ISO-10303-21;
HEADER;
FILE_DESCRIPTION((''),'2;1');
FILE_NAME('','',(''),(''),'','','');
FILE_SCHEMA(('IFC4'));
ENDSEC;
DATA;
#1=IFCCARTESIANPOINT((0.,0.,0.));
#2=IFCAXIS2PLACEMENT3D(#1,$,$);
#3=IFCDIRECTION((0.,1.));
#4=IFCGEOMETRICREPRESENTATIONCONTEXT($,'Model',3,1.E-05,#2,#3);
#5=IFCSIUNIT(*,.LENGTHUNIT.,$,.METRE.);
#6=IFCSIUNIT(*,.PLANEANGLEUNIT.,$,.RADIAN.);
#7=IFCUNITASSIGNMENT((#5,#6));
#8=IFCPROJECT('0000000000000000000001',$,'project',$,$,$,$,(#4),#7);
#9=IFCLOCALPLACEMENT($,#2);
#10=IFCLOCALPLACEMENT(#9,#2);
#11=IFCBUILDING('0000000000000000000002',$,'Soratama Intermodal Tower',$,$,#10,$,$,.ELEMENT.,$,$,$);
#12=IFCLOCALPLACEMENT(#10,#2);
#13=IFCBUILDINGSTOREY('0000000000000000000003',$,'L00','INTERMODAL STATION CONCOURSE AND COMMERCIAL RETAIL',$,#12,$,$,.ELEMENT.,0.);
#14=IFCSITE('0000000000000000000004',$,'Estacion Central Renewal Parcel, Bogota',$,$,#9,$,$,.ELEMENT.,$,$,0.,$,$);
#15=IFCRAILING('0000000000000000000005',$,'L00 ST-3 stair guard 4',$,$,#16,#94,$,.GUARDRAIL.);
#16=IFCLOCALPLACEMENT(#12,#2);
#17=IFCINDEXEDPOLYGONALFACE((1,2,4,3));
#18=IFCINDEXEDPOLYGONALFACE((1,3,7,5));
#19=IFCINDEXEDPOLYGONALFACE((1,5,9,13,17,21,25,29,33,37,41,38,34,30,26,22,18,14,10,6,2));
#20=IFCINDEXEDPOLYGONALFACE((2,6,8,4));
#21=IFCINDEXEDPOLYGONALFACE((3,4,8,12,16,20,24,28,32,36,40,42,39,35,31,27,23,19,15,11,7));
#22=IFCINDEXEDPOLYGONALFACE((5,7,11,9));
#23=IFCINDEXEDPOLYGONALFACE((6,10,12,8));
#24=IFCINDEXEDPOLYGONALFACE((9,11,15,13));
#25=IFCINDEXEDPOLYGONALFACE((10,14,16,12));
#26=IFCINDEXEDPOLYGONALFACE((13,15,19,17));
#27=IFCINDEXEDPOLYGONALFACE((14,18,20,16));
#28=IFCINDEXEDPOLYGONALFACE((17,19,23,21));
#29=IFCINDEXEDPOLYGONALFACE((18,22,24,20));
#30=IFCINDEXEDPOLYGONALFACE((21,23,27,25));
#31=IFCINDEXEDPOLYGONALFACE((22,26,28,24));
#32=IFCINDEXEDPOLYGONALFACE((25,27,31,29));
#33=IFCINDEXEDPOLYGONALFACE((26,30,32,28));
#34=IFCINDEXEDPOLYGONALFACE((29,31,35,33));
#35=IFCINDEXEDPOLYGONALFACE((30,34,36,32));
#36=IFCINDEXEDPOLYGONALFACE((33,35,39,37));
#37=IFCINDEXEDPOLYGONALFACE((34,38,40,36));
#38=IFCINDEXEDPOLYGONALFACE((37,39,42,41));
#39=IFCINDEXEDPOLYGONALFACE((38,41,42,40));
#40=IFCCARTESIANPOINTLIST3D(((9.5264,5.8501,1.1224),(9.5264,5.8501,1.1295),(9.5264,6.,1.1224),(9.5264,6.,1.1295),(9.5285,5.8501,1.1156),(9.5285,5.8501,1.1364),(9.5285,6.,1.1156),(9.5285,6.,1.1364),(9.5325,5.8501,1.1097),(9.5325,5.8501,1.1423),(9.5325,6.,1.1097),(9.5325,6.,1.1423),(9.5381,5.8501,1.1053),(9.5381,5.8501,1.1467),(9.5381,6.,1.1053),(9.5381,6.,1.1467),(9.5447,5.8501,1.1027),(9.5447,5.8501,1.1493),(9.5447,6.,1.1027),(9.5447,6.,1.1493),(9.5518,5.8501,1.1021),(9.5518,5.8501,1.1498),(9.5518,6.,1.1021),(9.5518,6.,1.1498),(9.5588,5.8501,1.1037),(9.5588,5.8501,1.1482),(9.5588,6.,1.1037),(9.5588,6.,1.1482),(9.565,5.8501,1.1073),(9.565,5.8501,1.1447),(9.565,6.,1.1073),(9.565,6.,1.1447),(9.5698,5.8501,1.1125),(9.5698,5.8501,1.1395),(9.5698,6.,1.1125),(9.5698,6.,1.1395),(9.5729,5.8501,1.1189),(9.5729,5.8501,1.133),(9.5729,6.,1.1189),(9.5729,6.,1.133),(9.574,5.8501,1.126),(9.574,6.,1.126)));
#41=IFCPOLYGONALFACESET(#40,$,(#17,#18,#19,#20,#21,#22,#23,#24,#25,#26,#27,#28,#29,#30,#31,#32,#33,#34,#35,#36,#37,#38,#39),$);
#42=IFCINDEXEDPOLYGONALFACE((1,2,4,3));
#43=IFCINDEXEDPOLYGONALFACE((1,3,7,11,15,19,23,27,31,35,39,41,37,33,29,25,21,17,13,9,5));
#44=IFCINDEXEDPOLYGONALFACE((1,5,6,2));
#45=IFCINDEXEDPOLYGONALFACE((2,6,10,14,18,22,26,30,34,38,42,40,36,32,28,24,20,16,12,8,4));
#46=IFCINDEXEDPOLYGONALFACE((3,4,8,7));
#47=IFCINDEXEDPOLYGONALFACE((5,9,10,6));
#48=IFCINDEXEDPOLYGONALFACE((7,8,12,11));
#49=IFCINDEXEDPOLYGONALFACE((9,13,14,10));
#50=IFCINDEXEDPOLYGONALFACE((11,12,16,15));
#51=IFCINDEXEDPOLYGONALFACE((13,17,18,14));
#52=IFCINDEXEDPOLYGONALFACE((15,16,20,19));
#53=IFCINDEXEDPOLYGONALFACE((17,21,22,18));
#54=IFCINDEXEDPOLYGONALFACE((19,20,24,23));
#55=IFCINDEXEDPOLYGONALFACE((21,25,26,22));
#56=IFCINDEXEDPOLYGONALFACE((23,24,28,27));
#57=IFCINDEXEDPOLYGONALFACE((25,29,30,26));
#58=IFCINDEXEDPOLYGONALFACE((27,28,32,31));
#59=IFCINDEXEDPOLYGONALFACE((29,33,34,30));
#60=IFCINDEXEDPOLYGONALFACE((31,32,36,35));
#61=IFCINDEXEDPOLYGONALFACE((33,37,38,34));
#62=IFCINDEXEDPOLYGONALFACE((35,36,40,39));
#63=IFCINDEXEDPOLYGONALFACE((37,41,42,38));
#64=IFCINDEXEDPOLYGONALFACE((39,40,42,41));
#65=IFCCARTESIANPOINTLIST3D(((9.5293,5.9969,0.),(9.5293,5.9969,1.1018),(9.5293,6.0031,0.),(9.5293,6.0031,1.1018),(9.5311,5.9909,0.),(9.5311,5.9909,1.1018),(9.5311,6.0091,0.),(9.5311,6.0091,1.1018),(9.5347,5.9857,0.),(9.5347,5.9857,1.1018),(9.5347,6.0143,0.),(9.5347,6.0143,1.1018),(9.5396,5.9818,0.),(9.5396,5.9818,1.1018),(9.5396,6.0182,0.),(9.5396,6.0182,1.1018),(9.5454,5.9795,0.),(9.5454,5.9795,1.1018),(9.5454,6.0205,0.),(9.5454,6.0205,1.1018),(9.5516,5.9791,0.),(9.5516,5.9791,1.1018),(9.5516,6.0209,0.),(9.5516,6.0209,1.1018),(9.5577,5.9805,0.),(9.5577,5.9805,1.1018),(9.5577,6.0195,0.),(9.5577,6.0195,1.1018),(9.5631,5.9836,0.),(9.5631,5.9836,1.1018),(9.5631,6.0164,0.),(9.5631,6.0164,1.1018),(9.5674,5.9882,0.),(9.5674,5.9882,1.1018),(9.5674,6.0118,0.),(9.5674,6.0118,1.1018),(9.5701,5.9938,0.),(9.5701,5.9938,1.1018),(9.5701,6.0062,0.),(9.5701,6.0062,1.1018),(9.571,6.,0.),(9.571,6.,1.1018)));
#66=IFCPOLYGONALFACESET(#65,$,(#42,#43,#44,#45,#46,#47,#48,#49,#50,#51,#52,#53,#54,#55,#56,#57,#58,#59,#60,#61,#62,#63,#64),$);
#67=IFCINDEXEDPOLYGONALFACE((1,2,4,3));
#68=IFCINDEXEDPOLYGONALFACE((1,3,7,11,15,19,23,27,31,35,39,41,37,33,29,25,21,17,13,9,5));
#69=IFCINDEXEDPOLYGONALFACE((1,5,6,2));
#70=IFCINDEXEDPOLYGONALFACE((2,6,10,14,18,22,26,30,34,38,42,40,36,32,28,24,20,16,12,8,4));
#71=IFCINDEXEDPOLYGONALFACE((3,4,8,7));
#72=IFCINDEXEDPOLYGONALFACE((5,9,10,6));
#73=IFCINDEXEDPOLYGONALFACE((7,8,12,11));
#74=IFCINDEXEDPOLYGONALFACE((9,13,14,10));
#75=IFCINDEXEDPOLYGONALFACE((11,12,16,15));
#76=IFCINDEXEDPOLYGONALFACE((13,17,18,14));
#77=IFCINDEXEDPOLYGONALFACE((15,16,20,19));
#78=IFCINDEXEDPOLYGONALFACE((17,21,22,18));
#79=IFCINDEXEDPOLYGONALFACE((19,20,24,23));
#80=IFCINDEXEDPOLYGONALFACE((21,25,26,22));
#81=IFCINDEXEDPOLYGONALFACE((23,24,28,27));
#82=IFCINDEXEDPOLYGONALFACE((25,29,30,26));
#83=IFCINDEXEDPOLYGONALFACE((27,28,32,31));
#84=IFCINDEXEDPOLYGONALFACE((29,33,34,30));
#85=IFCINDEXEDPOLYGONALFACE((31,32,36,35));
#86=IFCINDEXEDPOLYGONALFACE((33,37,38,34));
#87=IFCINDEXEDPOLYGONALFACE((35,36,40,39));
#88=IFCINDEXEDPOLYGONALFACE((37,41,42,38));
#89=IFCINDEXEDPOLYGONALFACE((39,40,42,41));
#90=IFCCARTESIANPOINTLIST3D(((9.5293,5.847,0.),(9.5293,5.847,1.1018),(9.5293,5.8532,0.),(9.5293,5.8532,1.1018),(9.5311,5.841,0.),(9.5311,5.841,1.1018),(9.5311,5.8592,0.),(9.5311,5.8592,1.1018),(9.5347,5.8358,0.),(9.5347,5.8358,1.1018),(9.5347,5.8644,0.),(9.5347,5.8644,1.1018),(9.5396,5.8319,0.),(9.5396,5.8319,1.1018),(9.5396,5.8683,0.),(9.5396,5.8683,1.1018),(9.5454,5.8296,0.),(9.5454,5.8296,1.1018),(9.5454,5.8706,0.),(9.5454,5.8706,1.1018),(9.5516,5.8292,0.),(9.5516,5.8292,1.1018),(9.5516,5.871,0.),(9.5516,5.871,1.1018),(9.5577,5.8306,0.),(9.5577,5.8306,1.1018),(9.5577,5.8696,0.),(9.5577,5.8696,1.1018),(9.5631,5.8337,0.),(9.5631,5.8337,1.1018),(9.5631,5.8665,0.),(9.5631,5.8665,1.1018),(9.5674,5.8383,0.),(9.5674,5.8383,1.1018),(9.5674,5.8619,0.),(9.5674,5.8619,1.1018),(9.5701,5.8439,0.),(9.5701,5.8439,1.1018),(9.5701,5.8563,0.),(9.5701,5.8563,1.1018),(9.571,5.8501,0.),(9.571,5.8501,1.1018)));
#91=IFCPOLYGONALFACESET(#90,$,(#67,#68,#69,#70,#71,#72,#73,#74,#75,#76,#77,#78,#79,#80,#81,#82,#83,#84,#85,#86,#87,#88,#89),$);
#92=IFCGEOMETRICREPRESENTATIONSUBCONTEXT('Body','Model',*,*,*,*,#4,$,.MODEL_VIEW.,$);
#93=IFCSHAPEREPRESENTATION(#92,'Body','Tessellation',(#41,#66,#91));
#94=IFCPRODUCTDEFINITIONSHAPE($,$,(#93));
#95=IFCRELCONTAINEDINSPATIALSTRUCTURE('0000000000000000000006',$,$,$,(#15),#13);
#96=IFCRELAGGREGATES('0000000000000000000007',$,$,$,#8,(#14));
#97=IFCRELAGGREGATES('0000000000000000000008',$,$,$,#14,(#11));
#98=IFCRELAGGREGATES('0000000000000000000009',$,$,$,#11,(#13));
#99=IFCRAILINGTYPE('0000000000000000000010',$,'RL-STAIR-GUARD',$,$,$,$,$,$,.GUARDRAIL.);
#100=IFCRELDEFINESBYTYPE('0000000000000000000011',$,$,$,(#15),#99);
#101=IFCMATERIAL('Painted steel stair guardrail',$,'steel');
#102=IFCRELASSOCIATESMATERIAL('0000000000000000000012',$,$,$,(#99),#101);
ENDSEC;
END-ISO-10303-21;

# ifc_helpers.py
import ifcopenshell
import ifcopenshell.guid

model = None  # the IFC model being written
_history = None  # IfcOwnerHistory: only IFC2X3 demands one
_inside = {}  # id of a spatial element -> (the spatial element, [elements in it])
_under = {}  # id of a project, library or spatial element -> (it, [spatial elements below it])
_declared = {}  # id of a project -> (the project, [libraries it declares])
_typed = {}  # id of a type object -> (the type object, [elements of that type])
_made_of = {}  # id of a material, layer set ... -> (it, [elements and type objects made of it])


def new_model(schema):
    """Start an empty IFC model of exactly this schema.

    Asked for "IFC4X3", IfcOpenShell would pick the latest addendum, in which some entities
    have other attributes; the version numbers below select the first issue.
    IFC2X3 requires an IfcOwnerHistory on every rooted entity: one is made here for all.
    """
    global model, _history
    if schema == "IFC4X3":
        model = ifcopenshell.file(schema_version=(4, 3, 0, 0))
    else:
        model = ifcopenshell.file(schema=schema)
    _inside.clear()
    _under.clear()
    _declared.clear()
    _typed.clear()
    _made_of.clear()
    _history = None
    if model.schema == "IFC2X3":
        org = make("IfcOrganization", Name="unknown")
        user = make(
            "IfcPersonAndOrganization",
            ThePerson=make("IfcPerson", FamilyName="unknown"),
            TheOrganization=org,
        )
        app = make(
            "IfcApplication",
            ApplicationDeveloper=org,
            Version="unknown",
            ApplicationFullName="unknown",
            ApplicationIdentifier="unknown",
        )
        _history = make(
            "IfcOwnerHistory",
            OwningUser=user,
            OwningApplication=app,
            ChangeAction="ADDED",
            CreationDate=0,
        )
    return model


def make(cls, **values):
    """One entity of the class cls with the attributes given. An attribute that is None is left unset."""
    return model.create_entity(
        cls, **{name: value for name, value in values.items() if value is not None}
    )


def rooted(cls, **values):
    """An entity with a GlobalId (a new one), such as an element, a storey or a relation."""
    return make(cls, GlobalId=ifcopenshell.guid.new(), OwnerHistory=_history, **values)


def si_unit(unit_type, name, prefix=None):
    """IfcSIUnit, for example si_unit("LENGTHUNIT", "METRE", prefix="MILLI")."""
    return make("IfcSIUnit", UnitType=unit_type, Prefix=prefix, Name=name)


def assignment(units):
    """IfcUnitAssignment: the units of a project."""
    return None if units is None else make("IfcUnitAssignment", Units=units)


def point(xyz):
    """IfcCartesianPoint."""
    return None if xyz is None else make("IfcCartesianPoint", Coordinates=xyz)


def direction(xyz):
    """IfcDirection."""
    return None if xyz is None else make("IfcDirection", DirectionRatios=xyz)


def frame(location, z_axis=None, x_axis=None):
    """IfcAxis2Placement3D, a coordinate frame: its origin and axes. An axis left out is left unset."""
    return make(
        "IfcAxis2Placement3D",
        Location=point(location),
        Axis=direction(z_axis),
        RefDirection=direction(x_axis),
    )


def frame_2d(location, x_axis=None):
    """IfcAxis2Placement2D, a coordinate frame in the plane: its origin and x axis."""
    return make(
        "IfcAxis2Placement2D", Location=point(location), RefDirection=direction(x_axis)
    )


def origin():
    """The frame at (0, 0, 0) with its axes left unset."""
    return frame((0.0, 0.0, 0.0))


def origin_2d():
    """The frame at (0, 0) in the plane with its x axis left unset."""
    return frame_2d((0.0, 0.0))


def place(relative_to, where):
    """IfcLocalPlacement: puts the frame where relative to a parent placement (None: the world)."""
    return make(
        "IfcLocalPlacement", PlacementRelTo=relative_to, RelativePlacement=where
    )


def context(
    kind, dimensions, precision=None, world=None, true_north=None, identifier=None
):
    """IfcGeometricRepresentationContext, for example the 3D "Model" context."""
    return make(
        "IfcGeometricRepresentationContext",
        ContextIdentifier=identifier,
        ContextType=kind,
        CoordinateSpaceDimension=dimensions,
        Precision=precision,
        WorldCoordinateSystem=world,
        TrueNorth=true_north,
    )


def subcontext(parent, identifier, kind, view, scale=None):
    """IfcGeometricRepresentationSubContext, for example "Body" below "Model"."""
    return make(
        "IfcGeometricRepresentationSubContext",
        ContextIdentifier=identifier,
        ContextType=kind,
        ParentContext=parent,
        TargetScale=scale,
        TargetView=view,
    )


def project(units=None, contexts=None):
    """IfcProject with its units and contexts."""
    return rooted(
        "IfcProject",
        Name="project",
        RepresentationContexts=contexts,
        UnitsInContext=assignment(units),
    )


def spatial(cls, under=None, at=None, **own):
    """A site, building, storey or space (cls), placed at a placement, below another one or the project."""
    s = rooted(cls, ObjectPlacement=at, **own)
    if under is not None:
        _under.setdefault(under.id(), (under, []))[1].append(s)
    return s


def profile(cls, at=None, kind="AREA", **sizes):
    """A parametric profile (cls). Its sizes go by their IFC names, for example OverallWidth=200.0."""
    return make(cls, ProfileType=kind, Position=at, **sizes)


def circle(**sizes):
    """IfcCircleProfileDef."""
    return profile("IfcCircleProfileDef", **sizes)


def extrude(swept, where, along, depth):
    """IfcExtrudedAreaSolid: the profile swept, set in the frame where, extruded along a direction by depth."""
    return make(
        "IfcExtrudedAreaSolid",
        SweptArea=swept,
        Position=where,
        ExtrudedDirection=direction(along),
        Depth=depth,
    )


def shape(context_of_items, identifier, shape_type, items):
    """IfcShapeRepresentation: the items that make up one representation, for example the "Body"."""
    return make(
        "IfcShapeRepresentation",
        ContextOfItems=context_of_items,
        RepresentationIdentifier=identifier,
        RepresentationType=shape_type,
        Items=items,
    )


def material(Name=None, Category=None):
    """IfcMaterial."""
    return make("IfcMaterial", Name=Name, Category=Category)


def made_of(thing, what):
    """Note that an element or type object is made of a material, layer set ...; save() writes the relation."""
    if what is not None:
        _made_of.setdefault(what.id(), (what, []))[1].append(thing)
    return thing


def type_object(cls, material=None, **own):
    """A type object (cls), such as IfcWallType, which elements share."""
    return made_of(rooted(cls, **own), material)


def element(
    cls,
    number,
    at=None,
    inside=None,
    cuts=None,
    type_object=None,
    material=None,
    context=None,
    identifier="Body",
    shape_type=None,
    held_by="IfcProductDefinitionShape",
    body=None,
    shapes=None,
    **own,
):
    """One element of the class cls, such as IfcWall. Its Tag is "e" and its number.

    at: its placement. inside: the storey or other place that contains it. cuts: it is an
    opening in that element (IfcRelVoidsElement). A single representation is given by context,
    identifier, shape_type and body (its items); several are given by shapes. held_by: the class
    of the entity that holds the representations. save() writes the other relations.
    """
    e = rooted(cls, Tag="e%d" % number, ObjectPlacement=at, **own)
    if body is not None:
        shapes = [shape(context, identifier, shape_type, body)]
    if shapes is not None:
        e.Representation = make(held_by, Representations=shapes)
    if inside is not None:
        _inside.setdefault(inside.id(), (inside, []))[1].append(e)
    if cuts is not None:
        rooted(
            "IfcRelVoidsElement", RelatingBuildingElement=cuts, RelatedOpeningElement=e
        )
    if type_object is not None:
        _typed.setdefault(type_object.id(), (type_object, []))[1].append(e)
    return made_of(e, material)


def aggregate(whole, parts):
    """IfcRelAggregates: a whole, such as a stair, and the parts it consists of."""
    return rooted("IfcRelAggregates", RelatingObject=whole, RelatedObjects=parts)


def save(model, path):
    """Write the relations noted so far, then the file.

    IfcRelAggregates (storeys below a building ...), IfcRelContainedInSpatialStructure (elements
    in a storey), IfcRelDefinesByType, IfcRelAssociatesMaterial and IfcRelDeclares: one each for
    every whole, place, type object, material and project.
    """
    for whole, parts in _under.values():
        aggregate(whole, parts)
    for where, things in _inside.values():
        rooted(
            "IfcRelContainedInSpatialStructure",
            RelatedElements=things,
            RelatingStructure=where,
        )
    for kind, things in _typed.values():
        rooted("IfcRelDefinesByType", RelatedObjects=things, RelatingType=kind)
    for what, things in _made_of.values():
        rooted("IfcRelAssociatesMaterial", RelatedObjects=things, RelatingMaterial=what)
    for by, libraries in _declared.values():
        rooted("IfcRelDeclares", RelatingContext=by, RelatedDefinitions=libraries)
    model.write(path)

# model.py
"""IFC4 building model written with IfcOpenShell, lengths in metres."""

from ifc_helpers import new_model, si_unit, direction, frame, origin, origin_2d, place, context, subcontext, project, spatial, circle, extrude, material, type_object, element, save


model = new_model("IFC4")

# Units and contexts
model_context = context("Model", 3, precision=1e-05, world=origin(), true_north=direction((0.0, 1.0)))
body_context = subcontext(model_context, "Body", "Model", "MODEL_VIEW")
ifc_project = project(units=[si_unit("LENGTHUNIT", "METRE"), si_unit("PLANEANGLEUNIT", "RADIAN")], contexts=[model_context])

# Site, building, storey
site_placement = place(None, origin())
site = spatial("IfcSite", under=ifc_project, at=site_placement, Name="Estacion Central Renewal Parcel, Bogota", CompositionType="ELEMENT", RefElevation=0.0)
building_placement = place(site_placement, origin())
building = spatial("IfcBuilding", under=site, at=building_placement, Name="Soratama Intermodal Tower", CompositionType="ELEMENT")
storey_placement = place(building_placement, origin())
storey = spatial("IfcBuildingStorey", under=building, at=storey_placement, Name="L00", Description="INTERMODAL STATION CONCOURSE AND COMMERCIAL RETAIL", CompositionType="ELEMENT", Elevation=0.0)

# Railing
ifc_material_1 = material(Name="Painted steel stair guardrail", Category="steel")
railing_type_1 = type_object("IfcRailingType", Name="RL-STAIR-GUARD", PredefinedType="GUARDRAIL", material=ifc_material_1)
railing_1_placement = place(storey_placement, frame((9.55, 6.0, 0.0)))
element("IfcRailing", 1, at=railing_1_placement, inside=storey, type_object=railing_type_1, Name="L00 ST-3 stair guard 4", PredefinedType="GUARDRAIL", context=body_context, shape_type="SweptSolid", body=[
    extrude(circle(Radius=0.0239, at=origin_2d()), frame((0.0, 0.0, 1.126), z_axis=(0.0, -1.0, 0.0), x_axis=(1.0, 0.0, 0.0)), (0.0, 0.0, 1.0), 0.1499),
    extrude(circle(Radius=0.021, at=origin_2d()), origin(), (0.0, 0.0, 1.0), 1.1018),
    extrude(circle(Radius=0.021, at=origin_2d()), frame((0.0, -0.1499, 0.0)), (0.0, 0.0, 1.0), 1.1018),
])

save(model, "model.ifc")
